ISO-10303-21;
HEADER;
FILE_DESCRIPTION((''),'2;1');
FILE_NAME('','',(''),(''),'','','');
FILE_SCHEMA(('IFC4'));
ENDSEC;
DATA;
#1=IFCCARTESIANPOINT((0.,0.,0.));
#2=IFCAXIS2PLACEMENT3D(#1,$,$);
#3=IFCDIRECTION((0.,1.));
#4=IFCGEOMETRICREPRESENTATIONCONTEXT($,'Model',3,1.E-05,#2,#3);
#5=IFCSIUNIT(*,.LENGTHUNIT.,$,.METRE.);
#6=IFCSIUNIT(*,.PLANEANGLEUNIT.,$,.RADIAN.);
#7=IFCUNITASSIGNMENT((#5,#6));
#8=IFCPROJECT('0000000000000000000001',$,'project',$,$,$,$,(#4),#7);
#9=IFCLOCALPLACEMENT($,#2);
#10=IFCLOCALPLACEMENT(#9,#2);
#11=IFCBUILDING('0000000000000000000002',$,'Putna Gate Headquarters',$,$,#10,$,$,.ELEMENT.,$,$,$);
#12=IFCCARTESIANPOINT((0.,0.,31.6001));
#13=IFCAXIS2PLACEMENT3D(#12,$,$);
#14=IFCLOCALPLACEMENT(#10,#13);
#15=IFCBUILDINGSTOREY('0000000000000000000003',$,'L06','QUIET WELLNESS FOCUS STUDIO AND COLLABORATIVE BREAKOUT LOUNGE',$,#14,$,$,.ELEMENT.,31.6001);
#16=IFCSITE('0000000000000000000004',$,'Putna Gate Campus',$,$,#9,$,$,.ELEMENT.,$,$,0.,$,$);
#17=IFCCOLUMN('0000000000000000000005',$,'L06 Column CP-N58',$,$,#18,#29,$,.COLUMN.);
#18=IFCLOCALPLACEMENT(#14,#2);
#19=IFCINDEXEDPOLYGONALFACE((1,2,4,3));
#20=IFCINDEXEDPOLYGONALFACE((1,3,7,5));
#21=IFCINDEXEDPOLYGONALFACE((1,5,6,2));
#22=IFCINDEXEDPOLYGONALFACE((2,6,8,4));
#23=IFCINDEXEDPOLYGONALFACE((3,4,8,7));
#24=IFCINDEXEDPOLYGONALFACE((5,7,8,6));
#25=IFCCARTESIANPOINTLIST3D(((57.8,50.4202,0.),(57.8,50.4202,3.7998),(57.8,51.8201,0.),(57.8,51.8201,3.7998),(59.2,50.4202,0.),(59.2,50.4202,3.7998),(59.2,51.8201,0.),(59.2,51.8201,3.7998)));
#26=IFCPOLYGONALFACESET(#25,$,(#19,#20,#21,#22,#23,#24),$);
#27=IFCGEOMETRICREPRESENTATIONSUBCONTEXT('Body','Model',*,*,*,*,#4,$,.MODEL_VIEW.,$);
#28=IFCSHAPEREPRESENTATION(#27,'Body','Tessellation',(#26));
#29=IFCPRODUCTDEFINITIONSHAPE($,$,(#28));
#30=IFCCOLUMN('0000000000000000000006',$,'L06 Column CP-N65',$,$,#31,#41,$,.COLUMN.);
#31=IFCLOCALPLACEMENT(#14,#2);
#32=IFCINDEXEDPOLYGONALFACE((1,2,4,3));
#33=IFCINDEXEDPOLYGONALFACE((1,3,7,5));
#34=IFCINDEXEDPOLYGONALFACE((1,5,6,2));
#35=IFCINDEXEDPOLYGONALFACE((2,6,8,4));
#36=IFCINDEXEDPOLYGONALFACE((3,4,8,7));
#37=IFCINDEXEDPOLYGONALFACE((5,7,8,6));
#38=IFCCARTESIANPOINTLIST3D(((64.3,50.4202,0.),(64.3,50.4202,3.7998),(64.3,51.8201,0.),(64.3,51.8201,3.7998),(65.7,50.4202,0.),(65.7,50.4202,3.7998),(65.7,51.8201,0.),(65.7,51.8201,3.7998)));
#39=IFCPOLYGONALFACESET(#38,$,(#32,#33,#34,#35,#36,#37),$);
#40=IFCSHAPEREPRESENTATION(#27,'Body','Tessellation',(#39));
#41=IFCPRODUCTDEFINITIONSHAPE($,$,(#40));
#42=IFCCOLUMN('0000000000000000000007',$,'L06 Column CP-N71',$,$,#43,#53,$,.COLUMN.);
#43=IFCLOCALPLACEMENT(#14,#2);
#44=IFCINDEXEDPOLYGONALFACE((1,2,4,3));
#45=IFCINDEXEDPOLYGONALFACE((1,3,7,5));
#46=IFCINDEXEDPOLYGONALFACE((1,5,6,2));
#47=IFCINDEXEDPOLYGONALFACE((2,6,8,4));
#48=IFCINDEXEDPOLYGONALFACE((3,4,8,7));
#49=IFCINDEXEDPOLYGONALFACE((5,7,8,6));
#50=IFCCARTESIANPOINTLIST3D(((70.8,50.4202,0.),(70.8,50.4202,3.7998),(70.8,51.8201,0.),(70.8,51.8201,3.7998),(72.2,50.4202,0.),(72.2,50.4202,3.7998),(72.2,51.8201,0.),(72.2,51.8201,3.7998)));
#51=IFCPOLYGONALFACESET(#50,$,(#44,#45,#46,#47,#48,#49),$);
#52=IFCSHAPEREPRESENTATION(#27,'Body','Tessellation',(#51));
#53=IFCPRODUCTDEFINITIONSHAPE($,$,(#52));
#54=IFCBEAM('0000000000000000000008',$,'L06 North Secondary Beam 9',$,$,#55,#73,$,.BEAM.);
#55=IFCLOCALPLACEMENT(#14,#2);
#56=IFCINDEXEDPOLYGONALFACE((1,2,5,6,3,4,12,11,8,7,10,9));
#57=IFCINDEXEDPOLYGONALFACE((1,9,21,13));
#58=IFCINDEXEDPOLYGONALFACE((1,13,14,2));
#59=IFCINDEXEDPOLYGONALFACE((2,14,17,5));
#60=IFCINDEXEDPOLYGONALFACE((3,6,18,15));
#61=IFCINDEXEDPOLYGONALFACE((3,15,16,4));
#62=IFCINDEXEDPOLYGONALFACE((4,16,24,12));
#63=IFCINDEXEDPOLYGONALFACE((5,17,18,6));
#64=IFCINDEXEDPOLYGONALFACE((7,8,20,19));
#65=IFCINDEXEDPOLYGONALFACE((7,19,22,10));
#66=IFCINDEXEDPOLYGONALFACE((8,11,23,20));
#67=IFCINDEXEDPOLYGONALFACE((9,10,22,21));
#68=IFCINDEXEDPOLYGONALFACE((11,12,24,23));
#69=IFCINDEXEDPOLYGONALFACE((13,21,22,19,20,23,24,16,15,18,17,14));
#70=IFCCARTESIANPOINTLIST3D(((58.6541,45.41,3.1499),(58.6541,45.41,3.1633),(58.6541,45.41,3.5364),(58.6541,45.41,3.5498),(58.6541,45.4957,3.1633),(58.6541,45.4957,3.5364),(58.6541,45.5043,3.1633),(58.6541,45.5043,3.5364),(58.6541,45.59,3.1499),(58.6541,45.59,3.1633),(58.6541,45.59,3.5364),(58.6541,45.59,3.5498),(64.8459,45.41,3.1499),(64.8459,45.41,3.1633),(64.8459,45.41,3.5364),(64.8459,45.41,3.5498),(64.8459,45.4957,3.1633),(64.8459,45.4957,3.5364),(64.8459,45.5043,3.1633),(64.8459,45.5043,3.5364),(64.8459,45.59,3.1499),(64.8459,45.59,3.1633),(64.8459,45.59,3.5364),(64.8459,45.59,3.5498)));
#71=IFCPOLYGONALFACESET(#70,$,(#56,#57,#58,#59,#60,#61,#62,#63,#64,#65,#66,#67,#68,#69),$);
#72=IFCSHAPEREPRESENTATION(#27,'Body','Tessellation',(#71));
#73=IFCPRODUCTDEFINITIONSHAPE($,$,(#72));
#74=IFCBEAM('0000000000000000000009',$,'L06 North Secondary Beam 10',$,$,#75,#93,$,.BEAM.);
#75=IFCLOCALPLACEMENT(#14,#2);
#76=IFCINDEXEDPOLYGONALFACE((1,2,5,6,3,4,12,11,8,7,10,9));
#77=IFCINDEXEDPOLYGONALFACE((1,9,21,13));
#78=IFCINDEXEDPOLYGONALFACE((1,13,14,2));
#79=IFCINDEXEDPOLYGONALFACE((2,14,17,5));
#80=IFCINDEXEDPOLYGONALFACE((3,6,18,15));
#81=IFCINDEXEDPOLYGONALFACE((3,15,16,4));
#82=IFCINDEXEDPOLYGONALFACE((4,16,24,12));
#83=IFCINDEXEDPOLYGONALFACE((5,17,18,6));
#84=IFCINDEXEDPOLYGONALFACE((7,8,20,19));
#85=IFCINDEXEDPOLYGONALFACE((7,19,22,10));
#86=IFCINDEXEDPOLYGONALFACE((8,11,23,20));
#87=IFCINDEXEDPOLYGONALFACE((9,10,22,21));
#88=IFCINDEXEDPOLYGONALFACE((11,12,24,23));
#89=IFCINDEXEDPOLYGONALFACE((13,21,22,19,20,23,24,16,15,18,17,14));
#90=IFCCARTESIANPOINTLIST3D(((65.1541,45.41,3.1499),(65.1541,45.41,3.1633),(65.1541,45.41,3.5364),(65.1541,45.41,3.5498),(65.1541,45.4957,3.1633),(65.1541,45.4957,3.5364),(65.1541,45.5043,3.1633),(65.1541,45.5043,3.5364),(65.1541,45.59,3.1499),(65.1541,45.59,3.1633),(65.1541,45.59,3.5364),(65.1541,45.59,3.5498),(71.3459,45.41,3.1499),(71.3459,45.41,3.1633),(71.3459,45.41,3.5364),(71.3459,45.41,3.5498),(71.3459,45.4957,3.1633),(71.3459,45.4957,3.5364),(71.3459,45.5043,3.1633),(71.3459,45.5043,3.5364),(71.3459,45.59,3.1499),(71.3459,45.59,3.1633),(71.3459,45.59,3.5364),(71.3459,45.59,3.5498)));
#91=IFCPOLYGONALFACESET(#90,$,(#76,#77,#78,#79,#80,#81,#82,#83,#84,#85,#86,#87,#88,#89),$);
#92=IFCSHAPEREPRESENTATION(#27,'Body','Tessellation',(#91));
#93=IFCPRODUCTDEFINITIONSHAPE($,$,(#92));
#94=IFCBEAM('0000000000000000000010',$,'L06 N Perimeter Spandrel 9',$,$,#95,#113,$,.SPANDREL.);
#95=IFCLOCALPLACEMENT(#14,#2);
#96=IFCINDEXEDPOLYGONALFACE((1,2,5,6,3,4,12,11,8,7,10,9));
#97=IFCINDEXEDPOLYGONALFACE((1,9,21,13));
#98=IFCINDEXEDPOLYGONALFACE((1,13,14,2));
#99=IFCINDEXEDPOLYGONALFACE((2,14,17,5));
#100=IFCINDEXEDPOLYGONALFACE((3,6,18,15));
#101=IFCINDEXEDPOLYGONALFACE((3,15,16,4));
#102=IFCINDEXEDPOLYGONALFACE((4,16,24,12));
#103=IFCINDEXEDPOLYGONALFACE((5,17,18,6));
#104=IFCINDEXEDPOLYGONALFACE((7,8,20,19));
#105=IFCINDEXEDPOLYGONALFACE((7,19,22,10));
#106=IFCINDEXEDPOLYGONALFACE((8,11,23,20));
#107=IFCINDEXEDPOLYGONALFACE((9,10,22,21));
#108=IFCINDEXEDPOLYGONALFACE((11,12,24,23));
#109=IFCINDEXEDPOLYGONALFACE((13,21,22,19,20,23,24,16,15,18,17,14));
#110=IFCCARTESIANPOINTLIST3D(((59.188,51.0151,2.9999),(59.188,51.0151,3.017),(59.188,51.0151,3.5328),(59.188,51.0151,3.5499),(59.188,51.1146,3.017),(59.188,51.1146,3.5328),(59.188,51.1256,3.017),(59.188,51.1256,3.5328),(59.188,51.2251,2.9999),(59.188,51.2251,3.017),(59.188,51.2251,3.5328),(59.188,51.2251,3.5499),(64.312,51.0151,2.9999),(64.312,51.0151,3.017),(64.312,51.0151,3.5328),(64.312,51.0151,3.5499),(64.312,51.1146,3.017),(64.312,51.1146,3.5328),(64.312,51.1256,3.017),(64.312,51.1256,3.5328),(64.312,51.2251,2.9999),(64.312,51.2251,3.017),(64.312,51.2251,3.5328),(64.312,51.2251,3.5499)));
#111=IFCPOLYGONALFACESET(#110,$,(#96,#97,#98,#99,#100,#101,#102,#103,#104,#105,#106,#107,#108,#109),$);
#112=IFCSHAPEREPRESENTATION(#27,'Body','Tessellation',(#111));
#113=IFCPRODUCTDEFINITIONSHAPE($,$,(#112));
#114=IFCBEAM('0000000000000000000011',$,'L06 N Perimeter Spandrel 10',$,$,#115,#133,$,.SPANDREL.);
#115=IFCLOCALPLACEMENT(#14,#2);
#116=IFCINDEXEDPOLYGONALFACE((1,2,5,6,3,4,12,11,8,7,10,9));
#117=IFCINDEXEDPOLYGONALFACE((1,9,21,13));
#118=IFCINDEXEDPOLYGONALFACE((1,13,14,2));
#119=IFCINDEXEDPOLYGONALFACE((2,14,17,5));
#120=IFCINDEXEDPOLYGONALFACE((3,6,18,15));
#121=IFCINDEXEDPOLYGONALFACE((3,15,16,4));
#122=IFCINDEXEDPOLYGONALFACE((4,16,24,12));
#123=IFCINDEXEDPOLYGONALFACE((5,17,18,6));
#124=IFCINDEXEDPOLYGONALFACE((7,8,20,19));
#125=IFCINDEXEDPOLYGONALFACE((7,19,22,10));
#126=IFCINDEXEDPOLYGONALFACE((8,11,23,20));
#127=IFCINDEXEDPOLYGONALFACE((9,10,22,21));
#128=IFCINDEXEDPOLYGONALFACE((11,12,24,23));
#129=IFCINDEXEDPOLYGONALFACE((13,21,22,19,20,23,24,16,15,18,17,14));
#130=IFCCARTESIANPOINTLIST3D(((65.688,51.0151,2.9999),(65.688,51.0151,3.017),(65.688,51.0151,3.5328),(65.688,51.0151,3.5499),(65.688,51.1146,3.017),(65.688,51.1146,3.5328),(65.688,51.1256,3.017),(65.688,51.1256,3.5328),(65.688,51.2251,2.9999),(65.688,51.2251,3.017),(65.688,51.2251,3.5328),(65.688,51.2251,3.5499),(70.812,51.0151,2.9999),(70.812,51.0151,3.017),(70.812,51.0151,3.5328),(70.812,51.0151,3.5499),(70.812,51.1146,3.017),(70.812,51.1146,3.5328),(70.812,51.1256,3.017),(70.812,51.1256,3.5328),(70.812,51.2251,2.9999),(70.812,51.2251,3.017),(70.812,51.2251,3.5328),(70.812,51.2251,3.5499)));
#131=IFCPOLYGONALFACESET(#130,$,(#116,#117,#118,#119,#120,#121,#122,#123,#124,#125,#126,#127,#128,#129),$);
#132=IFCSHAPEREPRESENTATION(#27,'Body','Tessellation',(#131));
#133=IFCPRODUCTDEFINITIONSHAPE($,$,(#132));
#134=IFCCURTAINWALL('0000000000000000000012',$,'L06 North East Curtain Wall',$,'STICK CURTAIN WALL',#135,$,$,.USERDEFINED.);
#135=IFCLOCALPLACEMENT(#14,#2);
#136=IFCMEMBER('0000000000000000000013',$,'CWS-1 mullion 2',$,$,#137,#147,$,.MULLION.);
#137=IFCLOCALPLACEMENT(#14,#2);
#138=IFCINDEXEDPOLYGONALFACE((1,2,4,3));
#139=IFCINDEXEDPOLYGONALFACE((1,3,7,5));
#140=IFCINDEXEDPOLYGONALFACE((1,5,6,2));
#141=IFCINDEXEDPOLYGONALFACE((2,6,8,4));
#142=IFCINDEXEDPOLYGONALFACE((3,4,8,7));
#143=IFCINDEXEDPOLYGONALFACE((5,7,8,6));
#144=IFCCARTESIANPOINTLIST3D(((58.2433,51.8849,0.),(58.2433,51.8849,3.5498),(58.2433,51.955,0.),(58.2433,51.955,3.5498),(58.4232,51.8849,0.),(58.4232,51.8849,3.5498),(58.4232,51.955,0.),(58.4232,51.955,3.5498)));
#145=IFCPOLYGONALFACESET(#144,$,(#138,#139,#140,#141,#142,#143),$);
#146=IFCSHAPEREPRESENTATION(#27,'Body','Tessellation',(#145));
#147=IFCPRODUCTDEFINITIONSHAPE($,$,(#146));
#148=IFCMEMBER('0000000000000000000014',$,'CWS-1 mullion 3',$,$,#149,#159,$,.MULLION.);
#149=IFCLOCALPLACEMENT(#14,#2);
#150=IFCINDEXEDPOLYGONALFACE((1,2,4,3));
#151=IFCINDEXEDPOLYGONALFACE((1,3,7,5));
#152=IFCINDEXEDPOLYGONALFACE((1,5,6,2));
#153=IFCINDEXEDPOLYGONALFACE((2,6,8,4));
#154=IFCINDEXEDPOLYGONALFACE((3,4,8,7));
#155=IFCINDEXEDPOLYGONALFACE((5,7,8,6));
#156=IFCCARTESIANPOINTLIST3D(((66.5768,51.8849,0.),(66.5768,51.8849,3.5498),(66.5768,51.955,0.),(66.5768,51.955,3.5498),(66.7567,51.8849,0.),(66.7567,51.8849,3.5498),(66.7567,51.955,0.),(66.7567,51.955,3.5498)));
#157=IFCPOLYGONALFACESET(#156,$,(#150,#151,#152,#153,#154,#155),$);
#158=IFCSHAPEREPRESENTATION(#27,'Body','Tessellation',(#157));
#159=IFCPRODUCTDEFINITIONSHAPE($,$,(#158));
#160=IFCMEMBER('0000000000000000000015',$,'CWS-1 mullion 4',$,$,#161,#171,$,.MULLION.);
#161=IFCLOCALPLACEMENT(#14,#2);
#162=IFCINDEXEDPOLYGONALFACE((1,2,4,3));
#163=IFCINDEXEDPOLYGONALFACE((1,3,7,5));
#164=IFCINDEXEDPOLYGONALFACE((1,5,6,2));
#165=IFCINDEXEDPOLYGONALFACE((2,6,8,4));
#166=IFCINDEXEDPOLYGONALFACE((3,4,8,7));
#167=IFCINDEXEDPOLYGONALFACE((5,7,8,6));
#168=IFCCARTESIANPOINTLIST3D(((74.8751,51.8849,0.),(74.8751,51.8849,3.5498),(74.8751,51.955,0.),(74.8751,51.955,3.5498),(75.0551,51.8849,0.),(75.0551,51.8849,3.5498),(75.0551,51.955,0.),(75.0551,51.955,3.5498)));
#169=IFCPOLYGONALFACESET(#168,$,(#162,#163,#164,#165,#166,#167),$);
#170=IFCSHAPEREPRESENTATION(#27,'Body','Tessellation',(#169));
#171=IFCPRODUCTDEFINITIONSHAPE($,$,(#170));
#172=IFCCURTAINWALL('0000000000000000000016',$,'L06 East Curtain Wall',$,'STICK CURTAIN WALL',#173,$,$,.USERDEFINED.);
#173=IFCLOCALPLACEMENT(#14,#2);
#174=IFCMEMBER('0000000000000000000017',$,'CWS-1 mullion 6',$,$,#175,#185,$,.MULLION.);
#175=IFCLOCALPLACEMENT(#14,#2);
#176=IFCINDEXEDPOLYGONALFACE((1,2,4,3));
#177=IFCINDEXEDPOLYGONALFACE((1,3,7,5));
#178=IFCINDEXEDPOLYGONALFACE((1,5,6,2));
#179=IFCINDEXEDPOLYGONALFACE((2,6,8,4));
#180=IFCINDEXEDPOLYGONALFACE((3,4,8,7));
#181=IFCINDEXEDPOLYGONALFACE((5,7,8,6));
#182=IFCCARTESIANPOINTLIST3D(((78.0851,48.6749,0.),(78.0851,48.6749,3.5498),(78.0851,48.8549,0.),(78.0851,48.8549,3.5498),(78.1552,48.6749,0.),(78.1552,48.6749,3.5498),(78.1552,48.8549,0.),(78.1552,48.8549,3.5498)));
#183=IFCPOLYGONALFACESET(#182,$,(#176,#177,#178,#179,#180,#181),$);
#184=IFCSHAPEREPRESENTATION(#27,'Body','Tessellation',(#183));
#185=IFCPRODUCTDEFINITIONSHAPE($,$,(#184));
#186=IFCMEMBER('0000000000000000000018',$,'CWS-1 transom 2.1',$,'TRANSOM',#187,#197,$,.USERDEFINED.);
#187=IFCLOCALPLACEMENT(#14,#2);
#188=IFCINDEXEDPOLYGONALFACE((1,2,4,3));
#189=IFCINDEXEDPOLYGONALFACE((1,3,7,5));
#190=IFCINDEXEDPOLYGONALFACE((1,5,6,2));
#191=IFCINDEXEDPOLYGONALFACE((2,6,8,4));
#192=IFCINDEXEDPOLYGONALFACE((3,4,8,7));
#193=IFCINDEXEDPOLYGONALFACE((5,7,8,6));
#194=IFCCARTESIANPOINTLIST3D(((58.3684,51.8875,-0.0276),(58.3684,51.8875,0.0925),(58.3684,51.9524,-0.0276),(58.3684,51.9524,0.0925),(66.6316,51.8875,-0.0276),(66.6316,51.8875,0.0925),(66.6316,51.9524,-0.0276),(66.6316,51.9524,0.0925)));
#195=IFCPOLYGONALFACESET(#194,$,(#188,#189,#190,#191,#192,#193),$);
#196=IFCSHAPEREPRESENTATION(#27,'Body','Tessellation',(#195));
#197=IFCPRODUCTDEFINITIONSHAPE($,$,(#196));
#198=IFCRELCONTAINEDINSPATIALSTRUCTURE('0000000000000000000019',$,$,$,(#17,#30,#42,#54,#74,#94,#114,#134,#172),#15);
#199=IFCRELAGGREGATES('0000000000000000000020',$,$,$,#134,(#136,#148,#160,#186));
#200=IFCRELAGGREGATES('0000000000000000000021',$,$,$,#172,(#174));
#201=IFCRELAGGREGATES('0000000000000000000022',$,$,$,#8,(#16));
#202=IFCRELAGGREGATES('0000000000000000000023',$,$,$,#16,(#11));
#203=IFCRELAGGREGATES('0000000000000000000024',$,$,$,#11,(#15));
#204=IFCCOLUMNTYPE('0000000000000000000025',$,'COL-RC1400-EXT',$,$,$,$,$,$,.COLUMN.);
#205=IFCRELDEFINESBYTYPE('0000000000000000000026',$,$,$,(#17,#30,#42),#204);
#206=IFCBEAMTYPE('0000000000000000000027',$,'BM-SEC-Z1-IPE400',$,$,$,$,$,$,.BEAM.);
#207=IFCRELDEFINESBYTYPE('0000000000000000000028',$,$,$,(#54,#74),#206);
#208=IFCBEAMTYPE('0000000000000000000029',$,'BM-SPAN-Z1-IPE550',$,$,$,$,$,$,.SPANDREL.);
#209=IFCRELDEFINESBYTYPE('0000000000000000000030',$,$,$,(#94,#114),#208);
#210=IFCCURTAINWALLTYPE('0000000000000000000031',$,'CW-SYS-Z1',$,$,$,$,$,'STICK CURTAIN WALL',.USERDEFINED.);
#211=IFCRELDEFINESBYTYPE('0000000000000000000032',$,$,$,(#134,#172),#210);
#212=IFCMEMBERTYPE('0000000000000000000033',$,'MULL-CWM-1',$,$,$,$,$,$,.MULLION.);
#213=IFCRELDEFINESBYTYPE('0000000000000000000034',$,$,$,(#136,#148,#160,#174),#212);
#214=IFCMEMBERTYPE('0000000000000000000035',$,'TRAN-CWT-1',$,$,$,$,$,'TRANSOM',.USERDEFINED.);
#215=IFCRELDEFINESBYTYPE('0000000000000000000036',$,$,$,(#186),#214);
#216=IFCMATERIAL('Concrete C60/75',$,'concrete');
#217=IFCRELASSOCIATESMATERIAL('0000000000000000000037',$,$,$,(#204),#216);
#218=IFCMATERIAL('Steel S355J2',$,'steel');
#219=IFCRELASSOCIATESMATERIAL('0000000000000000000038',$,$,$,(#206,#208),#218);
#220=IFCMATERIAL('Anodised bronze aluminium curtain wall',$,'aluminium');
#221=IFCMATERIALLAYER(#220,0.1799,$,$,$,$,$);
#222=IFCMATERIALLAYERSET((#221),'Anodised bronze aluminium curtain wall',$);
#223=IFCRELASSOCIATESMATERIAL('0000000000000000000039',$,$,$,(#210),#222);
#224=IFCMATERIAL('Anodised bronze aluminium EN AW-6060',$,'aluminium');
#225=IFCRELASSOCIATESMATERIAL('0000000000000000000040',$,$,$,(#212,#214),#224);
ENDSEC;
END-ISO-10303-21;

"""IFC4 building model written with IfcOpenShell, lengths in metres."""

from ifc_helpers import new_model, si_unit, direction, frame, origin, origin_2d, place, context, subcontext, project, spatial, rectangle, i_section, extrude, material, layer, layer_set, material_profile, profile_set, type_object, element, aggregate, save


model = new_model("IFC4")

# Units and contexts
model_context = context("Model", 3, precision=1e-05, world=origin(), true_north=direction((0.0, 1.0)))
body_context = subcontext(model_context, "Body", "Model", "MODEL_VIEW")
ifc_project = project(units=[si_unit("LENGTHUNIT", "METRE"), si_unit("PLANEANGLEUNIT", "RADIAN")], contexts=[model_context])

# Site, building, storey
site_placement = place(None, origin())
site = spatial("IfcSite", under=ifc_project, at=site_placement, Name="Putna Gate Campus", CompositionType="ELEMENT", RefElevation=0.0)
building_placement = place(site_placement, origin())
building = spatial("IfcBuilding", under=site, at=building_placement, Name="Putna Gate Headquarters", CompositionType="ELEMENT")
storey_placement = place(building_placement, frame((0.0, 0.0, 31.6001)))
storey = spatial("IfcBuildingStorey", under=building, at=storey_placement, Name="L06", Description="QUIET WELLNESS FOCUS STUDIO AND COLLABORATIVE BREAKOUT LOUNGE", CompositionType="ELEMENT", Elevation=31.6001)

# Columns
ifc_material_1 = material(Name="Concrete C60/75", Category="concrete")
ifc_material_profile_1 = material_profile(ifc_material_1, rectangle(XDim=1.3999, YDim=1.3999, at=origin_2d()), Name="Concrete C60/75")
ifc_profile_set_1 = profile_set([ifc_material_profile_1], Name="Concrete C60/75")
column_type = type_object("IfcColumnType", Name="COL-RC1400-EXT", PredefinedType="COLUMN", material=ifc_profile_set_1)
for number, where, z_axis, x_axis, name in (
    (1, (58.5, 51.1201, 0.0), (0.0, 0.0, 1.0), (1.0, 0.0, 0.0), "L06 Column CP-N58"),
    (2, (65.0, 51.1201, 0.0), (0.0, 0.0, 1.0), (1.0, 0.0, 0.0), "L06 Column CP-N65"),
    (3, (71.5, 51.1201, 0.0), (0.0, 0.0, 1.0), (1.0, 0.0, 0.0), "L06 Column CP-N71"),
):
    element("IfcColumn", number, at=place(storey_placement, frame(where, z_axis=z_axis, x_axis=x_axis)), inside=storey, type_object=column_type, Name=name, PredefinedType="COLUMN", context=body_context, shape_type="SweptSolid", body=[
        extrude(rectangle(XDim=1.3999, YDim=1.3999, at=origin_2d()), origin(), (0.0, 0.0, 1.0), 3.7998),
    ])

# Beams
ifc_material_2 = material(Name="Steel S355J2", Category="steel")
ifc_material_profile_2 = material_profile(ifc_material_2, i_section(OverallWidth=0.1799, OverallDepth=0.3999, WebThickness=0.0085, FlangeThickness=0.0134, at=origin_2d()), Name="Steel S355J2")
ifc_profile_set_2 = profile_set([ifc_material_profile_2], Name="Steel S355J2")
beam_type_1 = type_object("IfcBeamType", Name="BM-SEC-Z1-IPE400", PredefinedType="BEAM", material=ifc_profile_set_2)
for number, where, z_axis, x_axis, name in (
    (4, (58.6541, 45.5, 3.3499), (1.0, 0.0, 0.0), (0.0, 1.0, 0.0), "L06 North Secondary Beam 9"),
    (5, (65.1541, 45.5, 3.3499), (1.0, 0.0, 0.0), (0.0, 1.0, 0.0), "L06 North Secondary Beam 10"),
):
    element("IfcBeam", number, at=place(storey_placement, frame(where, z_axis=z_axis, x_axis=x_axis)), inside=storey, type_object=beam_type_1, Name=name, PredefinedType="BEAM", context=body_context, shape_type="SweptSolid", body=[
        extrude(i_section(OverallWidth=0.1799, OverallDepth=0.3999, WebThickness=0.0085, FlangeThickness=0.0134, at=origin_2d()), origin(), (0.0, 0.0, 1.0), 6.1919),
    ])
ifc_material_profile_3 = material_profile(ifc_material_2, i_section(OverallWidth=0.21, OverallDepth=0.55, WebThickness=0.011, FlangeThickness=0.0171, at=origin_2d()), Name="Steel S355J2")
ifc_profile_set_3 = profile_set([ifc_material_profile_3], Name="Steel S355J2")
beam_type_2 = type_object("IfcBeamType", Name="BM-SPAN-Z1-IPE550", PredefinedType="SPANDREL", material=ifc_profile_set_3)
for number, where, z_axis, x_axis, name in (
    (6, (59.188, 51.1201, 3.2749), (1.0, 0.0, 0.0), (0.0, 1.0, 0.0), "L06 N Perimeter Spandrel 9"),
    (7, (65.688, 51.1201, 3.2749), (1.0, 0.0, 0.0), (0.0, 1.0, 0.0), "L06 N Perimeter Spandrel 10"),
):
    element("IfcBeam", number, at=place(storey_placement, frame(where, z_axis=z_axis, x_axis=x_axis)), inside=storey, type_object=beam_type_2, Name=name, PredefinedType="SPANDREL", context=body_context, shape_type="SweptSolid", body=[
        extrude(i_section(OverallWidth=0.21, OverallDepth=0.55, WebThickness=0.011, FlangeThickness=0.0171, at=origin_2d()), origin(), (0.0, 0.0, 1.0), 5.124),
    ])

# Curtain wall, members
ifc_material_3 = material(Name="Anodised bronze aluminium curtain wall", Category="aluminium")
ifc_layer_1 = layer(ifc_material_3, 0.1799)
ifc_layer_set_1 = layer_set([ifc_layer_1], Name="Anodised bronze aluminium curtain wall")
curtain_wall_type = type_object("IfcCurtainWallType", Name="CW-SYS-Z1", ElementType="STICK CURTAIN WALL", PredefinedType="USERDEFINED", material=ifc_layer_set_1)
curtain_wall_1_placement = place(storey_placement, origin())
curtain_wall_1 = element("IfcCurtainWall", 8, at=curtain_wall_1_placement, inside=storey, type_object=curtain_wall_type, Name="L06 North East Curtain Wall", ObjectType="STICK CURTAIN WALL", PredefinedType="USERDEFINED")
ifc_material_4 = material(Name="Anodised bronze aluminium EN AW-6060", Category="aluminium")
ifc_material_profile_4 = material_profile(ifc_material_4, rectangle(XDim=0.0701, YDim=0.1799, at=origin_2d()), Name="Anodised bronze aluminium EN AW-6060")
ifc_profile_set_4 = profile_set([ifc_material_profile_4], Name="Anodised bronze aluminium EN AW-6060")
member_type_1 = type_object("IfcMemberType", Name="MULL-CWM-1", PredefinedType="MULLION", material=ifc_profile_set_4)
member_1_placement = place(storey_placement, frame((58.3333, 51.9199, 0.0), z_axis=(0.0, 0.0, 1.0), x_axis=(0.0, 1.0, 0.0)))
member_1 = element("IfcMember", 9, at=member_1_placement, type_object=member_type_1, Name="CWS-1 mullion 2", PredefinedType="MULLION", context=body_context, shape_type="SweptSolid", body=[
    extrude(rectangle(XDim=0.0701, YDim=0.1799, at=origin_2d()), origin(), (0.0, 0.0, 1.0), 3.5498),
])
member_2_placement = place(storey_placement, frame((66.6667, 51.9199, 0.0), z_axis=(0.0, 0.0, 1.0), x_axis=(0.0, 1.0, 0.0)))
member_2 = element("IfcMember", 10, at=member_2_placement, type_object=member_type_1, Name="CWS-1 mullion 3", PredefinedType="MULLION", context=body_context, shape_type="SweptSolid", body=[
    extrude(rectangle(XDim=0.0701, YDim=0.1799, at=origin_2d()), origin(), (0.0, 0.0, 1.0), 3.5498),
])
member_3_placement = place(storey_placement, frame((74.9651, 51.9199, 0.0), z_axis=(0.0, 0.0, 1.0), x_axis=(0.0, 1.0, 0.0)))
member_3 = element("IfcMember", 11, at=member_3_placement, type_object=member_type_1, Name="CWS-1 mullion 4", PredefinedType="MULLION", context=body_context, shape_type="SweptSolid", body=[
    extrude(rectangle(XDim=0.0701, YDim=0.1799, at=origin_2d()), origin(), (0.0, 0.0, 1.0), 3.5498),
])

# Curtain wall, member
curtain_wall_2_placement = place(storey_placement, origin())
curtain_wall_2 = element("IfcCurtainWall", 12, at=curtain_wall_2_placement, inside=storey, type_object=curtain_wall_type, Name="L06 East Curtain Wall", ObjectType="STICK CURTAIN WALL", PredefinedType="USERDEFINED")
member_4_placement = place(storey_placement, frame((78.1201, 48.7649, 0.0), z_axis=(0.0, 0.0, 1.0), x_axis=(-1.0, 0.0, 0.0)))
member_4 = element("IfcMember", 13, at=member_4_placement, type_object=member_type_1, Name="CWS-1 mullion 6", PredefinedType="MULLION", context=body_context, shape_type="SweptSolid", body=[
    extrude(rectangle(XDim=0.0701, YDim=0.1799, at=origin_2d()), origin(), (0.0, 0.0, 1.0), 3.5498),
])

# Member
ifc_material_profile_5 = material_profile(ifc_material_4, rectangle(XDim=0.0649, YDim=0.1201, at=origin_2d()), Name="Anodised bronze aluminium EN AW-6060")
ifc_profile_set_5 = profile_set([ifc_material_profile_5], Name="Anodised bronze aluminium EN AW-6060")
member_type_2 = type_object("IfcMemberType", Name="TRAN-CWT-1", ElementType="TRANSOM", PredefinedType="USERDEFINED", material=ifc_profile_set_5)
member_5_placement = place(storey_placement, frame((58.3684, 51.9199, 0.0325), z_axis=(1.0, 0.0, 0.0), x_axis=(0.0, 1.0, 0.0)))
member_5 = element("IfcMember", 14, at=member_5_placement, type_object=member_type_2, Name="CWS-1 transom 2.1", ObjectType="TRANSOM", PredefinedType="USERDEFINED", context=body_context, shape_type="SweptSolid", body=[
    extrude(rectangle(XDim=0.0649, YDim=0.1201, at=origin_2d()), origin(), (0.0, 0.0, 1.0), 8.2632),
])

aggregate(curtain_wall_1, [member_1, member_2, member_3, member_5])
aggregate(curtain_wall_2, [member_4])

save(model, "model.ifc")
